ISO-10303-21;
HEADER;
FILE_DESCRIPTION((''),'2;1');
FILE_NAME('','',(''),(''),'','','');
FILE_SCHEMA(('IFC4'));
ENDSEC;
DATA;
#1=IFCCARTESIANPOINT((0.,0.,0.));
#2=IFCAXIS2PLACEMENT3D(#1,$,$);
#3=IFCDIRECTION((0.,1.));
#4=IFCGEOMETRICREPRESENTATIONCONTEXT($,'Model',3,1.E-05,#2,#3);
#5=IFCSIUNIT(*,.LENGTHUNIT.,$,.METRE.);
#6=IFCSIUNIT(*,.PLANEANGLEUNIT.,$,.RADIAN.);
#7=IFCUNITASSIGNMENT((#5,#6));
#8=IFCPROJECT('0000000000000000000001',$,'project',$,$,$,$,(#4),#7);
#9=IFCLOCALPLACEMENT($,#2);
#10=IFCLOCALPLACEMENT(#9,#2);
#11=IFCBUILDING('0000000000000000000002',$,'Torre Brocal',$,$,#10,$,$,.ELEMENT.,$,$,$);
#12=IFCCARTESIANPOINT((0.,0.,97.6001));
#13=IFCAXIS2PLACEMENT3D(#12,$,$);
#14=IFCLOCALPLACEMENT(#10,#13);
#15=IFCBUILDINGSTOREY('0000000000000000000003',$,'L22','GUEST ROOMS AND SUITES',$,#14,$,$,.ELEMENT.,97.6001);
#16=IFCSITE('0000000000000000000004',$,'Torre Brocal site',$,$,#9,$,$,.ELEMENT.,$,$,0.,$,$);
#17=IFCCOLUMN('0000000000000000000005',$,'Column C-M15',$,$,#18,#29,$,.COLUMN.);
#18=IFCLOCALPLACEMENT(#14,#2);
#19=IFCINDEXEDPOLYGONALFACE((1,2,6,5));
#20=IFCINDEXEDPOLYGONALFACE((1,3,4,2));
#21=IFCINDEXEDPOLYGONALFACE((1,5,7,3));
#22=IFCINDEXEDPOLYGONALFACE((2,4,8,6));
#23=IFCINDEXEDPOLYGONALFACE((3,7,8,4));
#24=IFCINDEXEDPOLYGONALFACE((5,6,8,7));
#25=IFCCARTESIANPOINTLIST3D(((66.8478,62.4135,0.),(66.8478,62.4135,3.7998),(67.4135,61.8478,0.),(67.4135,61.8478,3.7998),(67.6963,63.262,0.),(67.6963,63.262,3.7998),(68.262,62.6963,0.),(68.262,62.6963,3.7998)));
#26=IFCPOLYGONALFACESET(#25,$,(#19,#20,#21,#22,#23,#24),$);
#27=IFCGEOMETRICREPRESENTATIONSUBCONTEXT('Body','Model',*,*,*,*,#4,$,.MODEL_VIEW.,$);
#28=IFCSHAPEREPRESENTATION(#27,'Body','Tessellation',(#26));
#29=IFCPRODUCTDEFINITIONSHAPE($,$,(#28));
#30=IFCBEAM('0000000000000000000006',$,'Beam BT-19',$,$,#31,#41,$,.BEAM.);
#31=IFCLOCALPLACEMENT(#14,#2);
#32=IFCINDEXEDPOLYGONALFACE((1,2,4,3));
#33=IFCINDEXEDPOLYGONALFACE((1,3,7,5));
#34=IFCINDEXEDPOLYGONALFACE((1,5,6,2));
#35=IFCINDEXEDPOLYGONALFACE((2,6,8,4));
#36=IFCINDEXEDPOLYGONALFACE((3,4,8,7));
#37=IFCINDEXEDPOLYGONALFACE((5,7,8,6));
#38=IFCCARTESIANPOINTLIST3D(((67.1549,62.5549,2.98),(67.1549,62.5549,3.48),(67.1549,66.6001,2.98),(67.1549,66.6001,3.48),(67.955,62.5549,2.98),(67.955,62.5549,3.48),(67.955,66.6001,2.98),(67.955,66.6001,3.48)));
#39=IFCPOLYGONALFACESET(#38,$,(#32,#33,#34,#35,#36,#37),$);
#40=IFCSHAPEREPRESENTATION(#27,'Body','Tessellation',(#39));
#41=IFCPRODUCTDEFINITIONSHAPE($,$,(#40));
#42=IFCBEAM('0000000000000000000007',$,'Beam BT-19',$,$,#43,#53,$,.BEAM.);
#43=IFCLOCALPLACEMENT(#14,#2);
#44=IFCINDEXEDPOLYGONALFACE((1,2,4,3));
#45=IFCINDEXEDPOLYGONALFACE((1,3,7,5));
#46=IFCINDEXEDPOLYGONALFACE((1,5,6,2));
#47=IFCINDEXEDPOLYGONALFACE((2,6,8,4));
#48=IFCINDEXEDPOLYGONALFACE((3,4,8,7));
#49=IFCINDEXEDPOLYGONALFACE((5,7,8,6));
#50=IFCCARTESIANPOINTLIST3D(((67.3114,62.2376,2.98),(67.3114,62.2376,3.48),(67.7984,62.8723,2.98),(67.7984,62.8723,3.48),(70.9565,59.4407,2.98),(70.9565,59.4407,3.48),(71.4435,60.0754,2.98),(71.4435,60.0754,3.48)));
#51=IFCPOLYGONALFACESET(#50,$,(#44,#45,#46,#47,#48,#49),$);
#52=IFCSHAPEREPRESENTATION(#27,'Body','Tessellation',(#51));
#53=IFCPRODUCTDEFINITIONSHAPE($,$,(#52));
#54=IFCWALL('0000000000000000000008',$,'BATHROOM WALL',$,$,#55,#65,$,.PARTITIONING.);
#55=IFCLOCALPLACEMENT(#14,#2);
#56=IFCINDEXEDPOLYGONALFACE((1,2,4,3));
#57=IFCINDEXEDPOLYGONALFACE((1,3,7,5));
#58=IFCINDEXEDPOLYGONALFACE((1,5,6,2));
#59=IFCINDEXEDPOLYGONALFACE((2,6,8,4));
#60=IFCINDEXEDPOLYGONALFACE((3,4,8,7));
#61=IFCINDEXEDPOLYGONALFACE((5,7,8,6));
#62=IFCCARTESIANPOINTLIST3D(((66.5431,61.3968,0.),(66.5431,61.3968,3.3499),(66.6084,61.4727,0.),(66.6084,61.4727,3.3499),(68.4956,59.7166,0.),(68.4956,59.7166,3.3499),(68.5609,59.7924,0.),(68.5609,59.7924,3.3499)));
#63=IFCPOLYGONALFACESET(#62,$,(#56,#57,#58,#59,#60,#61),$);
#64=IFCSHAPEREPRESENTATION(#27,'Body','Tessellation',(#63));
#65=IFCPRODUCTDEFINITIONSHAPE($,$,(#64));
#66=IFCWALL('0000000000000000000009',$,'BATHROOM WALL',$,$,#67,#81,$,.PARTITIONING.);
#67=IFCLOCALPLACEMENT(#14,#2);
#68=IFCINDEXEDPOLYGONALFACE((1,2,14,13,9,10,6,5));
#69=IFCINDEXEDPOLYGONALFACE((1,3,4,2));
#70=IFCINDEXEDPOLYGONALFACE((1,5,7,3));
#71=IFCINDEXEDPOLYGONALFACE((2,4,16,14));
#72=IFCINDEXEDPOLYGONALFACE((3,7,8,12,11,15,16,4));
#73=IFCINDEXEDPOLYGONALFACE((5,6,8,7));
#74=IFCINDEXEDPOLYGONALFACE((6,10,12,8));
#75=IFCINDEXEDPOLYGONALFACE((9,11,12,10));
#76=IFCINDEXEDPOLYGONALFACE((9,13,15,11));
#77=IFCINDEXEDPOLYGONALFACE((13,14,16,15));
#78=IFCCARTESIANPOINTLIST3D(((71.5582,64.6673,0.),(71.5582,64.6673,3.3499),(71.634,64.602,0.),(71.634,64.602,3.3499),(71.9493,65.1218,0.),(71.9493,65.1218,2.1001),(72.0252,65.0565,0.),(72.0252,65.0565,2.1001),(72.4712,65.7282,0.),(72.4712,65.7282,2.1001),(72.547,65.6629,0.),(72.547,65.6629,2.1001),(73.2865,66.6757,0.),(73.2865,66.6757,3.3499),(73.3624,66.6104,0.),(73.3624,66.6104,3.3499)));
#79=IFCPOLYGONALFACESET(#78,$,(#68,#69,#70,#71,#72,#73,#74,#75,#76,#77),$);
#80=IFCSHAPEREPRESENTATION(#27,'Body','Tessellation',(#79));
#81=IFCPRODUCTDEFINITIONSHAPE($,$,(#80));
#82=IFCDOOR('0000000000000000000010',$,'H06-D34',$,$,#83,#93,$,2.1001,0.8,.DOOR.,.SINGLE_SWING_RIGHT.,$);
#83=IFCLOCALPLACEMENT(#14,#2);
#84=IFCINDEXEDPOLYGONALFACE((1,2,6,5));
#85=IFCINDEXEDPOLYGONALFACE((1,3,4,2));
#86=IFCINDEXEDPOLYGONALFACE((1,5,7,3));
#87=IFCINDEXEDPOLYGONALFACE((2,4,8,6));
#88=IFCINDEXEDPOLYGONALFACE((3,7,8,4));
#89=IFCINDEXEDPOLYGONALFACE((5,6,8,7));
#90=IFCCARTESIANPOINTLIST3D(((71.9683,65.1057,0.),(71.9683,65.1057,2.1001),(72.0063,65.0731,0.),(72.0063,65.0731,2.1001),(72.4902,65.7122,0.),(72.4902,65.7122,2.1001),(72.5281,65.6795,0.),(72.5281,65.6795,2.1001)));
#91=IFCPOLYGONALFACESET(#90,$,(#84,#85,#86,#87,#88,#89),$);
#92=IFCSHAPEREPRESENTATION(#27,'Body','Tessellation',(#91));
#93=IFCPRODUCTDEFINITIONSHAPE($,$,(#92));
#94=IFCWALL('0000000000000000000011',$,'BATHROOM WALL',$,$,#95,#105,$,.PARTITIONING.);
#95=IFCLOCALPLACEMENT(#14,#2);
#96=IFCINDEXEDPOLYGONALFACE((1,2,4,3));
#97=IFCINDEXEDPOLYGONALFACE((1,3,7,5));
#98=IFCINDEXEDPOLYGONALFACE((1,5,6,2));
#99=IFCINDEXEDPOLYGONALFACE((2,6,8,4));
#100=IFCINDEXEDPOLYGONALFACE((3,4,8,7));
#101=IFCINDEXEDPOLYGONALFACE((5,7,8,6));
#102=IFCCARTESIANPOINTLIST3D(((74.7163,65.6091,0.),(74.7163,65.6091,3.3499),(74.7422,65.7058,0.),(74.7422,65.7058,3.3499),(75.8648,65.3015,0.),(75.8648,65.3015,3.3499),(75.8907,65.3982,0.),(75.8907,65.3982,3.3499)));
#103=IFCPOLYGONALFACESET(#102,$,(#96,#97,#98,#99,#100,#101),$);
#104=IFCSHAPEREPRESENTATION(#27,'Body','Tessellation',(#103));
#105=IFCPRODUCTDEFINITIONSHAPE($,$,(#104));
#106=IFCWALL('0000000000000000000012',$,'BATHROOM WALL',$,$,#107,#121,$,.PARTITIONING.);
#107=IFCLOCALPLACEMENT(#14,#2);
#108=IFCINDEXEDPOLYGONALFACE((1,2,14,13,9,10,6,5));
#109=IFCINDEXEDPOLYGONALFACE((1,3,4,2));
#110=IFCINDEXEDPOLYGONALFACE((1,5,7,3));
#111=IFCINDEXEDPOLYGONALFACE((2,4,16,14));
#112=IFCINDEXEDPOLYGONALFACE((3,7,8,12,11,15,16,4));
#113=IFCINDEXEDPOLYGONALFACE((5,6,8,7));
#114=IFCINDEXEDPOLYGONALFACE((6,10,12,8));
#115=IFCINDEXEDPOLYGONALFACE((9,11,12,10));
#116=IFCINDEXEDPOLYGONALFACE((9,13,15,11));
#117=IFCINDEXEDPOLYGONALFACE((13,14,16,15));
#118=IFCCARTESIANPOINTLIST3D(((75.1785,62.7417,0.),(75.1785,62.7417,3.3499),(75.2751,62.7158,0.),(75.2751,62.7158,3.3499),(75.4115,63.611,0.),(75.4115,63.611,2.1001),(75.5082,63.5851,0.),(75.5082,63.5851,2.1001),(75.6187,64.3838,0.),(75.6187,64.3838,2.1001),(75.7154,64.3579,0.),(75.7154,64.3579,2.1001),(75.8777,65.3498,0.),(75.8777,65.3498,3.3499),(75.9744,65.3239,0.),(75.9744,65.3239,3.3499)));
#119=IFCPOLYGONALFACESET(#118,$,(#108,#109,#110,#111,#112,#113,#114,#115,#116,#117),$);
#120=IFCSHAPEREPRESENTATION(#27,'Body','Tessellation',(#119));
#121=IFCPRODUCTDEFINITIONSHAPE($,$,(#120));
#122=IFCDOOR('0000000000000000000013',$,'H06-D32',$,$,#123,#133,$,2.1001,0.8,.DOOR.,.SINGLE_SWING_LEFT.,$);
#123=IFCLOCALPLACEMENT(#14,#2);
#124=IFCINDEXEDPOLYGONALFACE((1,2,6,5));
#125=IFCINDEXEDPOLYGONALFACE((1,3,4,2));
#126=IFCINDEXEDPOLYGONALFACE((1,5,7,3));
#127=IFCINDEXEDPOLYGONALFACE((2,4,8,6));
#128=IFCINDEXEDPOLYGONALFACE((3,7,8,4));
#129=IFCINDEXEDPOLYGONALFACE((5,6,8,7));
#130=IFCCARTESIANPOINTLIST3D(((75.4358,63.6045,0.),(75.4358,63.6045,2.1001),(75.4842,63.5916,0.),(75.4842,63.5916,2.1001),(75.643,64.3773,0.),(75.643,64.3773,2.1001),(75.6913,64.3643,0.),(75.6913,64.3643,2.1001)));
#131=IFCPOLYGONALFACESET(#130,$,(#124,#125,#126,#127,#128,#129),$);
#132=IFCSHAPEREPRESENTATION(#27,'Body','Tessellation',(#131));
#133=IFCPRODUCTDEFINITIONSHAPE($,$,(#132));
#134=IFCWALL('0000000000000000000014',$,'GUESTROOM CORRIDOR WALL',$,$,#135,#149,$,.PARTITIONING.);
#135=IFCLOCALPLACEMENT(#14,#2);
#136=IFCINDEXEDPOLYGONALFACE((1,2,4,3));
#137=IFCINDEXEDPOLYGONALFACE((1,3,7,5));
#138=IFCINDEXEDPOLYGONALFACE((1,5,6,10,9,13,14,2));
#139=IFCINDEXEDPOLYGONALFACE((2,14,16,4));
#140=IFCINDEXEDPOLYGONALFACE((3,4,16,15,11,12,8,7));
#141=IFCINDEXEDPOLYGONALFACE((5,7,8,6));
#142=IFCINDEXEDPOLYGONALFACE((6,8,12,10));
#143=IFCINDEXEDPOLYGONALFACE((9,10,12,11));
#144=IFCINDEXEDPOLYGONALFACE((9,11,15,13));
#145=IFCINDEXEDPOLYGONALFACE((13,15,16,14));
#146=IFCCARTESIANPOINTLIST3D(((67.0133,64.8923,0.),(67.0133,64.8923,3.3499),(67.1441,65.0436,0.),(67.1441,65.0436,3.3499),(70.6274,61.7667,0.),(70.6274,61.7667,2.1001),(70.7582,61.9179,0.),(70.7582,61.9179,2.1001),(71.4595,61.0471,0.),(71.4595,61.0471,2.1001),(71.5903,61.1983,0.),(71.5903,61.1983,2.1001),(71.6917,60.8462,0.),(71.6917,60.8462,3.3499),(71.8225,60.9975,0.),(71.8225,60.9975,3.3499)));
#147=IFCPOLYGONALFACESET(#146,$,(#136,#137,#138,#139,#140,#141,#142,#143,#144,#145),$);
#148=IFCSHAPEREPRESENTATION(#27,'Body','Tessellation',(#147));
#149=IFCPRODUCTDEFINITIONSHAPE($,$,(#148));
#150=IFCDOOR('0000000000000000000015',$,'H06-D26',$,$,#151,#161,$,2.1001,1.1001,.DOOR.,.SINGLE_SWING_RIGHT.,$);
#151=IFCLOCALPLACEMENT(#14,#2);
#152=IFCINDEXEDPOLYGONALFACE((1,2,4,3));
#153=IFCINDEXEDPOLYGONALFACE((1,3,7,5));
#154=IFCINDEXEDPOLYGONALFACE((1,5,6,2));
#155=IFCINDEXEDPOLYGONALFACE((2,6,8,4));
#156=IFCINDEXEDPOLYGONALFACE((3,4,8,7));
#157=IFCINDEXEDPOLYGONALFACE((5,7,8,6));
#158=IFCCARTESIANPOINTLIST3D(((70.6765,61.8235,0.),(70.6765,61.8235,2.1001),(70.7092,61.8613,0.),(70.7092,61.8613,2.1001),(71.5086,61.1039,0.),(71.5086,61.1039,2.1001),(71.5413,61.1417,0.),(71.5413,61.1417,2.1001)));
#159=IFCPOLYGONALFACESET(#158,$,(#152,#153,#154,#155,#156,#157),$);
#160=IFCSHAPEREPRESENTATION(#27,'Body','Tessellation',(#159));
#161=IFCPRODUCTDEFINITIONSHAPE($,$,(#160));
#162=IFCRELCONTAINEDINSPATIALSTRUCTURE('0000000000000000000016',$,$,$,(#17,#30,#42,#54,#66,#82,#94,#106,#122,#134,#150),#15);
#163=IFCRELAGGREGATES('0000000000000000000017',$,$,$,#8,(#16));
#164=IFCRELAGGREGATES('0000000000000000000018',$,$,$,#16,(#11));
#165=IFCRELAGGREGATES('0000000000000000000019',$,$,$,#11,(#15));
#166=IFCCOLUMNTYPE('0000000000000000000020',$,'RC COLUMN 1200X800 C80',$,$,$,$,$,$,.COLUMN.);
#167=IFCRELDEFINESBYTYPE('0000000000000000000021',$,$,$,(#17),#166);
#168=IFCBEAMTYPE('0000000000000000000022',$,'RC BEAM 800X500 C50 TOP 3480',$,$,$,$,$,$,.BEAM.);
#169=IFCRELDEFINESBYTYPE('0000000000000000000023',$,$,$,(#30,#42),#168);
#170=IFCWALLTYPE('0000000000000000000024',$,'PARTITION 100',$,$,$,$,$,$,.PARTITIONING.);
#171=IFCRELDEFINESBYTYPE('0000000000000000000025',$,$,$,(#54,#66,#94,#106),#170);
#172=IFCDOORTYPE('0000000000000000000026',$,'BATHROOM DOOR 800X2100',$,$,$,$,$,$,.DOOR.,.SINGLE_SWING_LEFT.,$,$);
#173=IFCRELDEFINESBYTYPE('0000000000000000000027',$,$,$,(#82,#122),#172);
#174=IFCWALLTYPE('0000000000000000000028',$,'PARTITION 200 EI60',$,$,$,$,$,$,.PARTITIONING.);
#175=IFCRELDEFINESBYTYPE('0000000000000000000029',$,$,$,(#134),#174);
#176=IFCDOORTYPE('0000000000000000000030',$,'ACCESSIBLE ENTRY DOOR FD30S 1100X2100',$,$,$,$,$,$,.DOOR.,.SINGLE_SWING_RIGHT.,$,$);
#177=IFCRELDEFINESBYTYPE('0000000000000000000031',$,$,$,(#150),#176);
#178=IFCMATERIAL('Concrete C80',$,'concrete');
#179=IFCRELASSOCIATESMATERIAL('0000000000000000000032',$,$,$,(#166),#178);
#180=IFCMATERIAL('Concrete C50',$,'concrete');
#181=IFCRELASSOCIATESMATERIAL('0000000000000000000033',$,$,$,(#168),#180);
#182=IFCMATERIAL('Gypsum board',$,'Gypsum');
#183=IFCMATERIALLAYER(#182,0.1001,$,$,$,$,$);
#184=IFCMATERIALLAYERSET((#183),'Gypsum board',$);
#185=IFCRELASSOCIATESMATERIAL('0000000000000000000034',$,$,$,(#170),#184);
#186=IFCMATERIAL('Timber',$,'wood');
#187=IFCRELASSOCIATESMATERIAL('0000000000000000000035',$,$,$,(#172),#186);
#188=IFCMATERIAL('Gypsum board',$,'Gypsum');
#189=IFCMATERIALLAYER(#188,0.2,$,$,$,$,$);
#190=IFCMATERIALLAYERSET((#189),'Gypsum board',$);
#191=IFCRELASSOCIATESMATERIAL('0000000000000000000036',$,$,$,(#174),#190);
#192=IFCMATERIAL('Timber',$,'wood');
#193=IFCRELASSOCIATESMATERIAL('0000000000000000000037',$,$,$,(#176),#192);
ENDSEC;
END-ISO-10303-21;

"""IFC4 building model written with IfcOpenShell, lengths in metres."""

from ifc_helpers import new_model, si_unit, direction, frame, frame_2d, origin, origin_2d, place, context, subcontext, project, spatial, rectangle, extrude, material, layer, layer_set, material_profile, profile_set, type_object, element, fill, save


model = new_model("IFC4")

# Units and contexts
model_context = context("Model", 3, precision=1e-05, world=origin(), true_north=direction((0.0, 1.0)))
body_context = subcontext(model_context, "Body", "Model", "MODEL_VIEW")
ifc_project = project(units=[si_unit("LENGTHUNIT", "METRE"), si_unit("PLANEANGLEUNIT", "RADIAN")], contexts=[model_context])

# Site, building, storey
site_placement = place(None, origin())
site = spatial("IfcSite", under=ifc_project, at=site_placement, Name="Torre Brocal site", CompositionType="ELEMENT", RefElevation=0.0)
building_placement = place(site_placement, origin())
building = spatial("IfcBuilding", under=site, at=building_placement, Name="Torre Brocal", CompositionType="ELEMENT")
storey_placement = place(building_placement, frame((0.0, 0.0, 97.6001)))
storey = spatial("IfcBuildingStorey", under=building, at=storey_placement, Name="L22", Description="GUEST ROOMS AND SUITES", CompositionType="ELEMENT", Elevation=97.6001)

# Column
ifc_material_1 = material(Name="Concrete C80", Category="concrete")
ifc_material_profile_1 = material_profile(ifc_material_1, rectangle(XDim=1.2, YDim=0.8, at=origin_2d()), Name="RC 1200X800")
ifc_profile_set_1 = profile_set([ifc_material_profile_1], Name="Concrete C80")
column_type = type_object("IfcColumnType", Name="RC COLUMN 1200X800 C80", PredefinedType="COLUMN", material=ifc_profile_set_1)
column_placement = place(storey_placement, frame((67.5549, 62.5549, 0.0), z_axis=(0.0, 0.0, 1.0), x_axis=(-0.707107, -0.707107, 0.0)))
element("IfcColumn", 1, at=column_placement, inside=storey, type_object=column_type, Name="Column C-M15", PredefinedType="COLUMN", context=body_context, shape_type="SweptSolid", body=[
    extrude(rectangle(XDim=1.2, YDim=0.8, at=origin_2d()), origin(), (0.0, 0.0, 1.0), 3.7998),
])

# Beams
ifc_material_2 = material(Name="Concrete C50", Category="concrete")
ifc_material_profile_2 = material_profile(ifc_material_2, rectangle(XDim=0.8, YDim=0.5, at=origin_2d()), Name="RC 800X500")
ifc_profile_set_2 = profile_set([ifc_material_profile_2], Name="Concrete C50")
beam_type = type_object("IfcBeamType", Name="RC BEAM 800X500 C50 TOP 3480", PredefinedType="BEAM", material=ifc_profile_set_2)
beam_1_placement = place(storey_placement, frame((67.5549, 62.5549, 3.23), z_axis=(0.0, 1.0, 0.0), x_axis=(-1.0, 0.0, 0.0)))
element("IfcBeam", 2, at=beam_1_placement, inside=storey, type_object=beam_type, Name="Beam BT-19", PredefinedType="BEAM", context=body_context, shape_type="SweptSolid", body=[
    extrude(rectangle(XDim=0.8, YDim=0.5, at=origin_2d()), origin(), (0.0, 0.0, 1.0), 4.0452),
])
beam_2_placement = place(storey_placement, frame((67.5549, 62.5549, 3.23), z_axis=(0.793358, -0.608755, 0.0), x_axis=(0.608755, 0.793358, 0.0)))
element("IfcBeam", 3, at=beam_2_placement, inside=storey, type_object=beam_type, Name="Beam BT-19", PredefinedType="BEAM", context=body_context, shape_type="SweptSolid", body=[
    extrude(rectangle(XDim=0.8, YDim=0.5, at=origin_2d()), origin(), (0.0, 0.0, 1.0), 4.5945),
])

# Wall
ifc_material_3 = material(Name="Gypsum board", Category="Gypsum")
ifc_layer_1 = layer(ifc_material_3, 0.1001)
ifc_layer_set_1 = layer_set([ifc_layer_1], Name="Gypsum board")
wall_type_1 = type_object("IfcWallType", Name="PARTITION 100", PredefinedType="PARTITIONING", material=ifc_layer_set_1)
wall_1_placement = place(storey_placement, frame((66.5757, 61.4348, 0.0), z_axis=(0.0, 0.0, 1.0), x_axis=(0.757971, -0.652289, 0.0)))
element("IfcWall", 4, at=wall_1_placement, inside=storey, type_object=wall_type_1, Name="BATHROOM WALL", PredefinedType="PARTITIONING", context=body_context, shape_type="SweptSolid", body=[
    extrude(rectangle(XDim=2.5759, YDim=0.1001, at=frame_2d((1.2881, 0.0))), origin(), (0.0, 0.0, 1.0), 3.3499),
])

# Wall, opening, door
wall_2_placement = place(storey_placement, frame((71.5962, 64.6348, 0.0), z_axis=(0.0, 0.0, 1.0), x_axis=(0.652285, 0.757974, 0.0)))
wall_2 = element("IfcWall", 5, at=wall_2_placement, inside=storey, type_object=wall_type_1, Name="BATHROOM WALL", PredefinedType="PARTITIONING", context=body_context, shape_type="SweptSolid", body=[
    extrude(rectangle(XDim=2.6497, YDim=0.1001, at=frame_2d((1.3247, 0.0))), origin(), (0.0, 0.0, 1.0), 3.3499),
])
opening_1_placement = place(wall_2_placement, frame((0.5996, 0.0, 0.0)))
opening_1 = element("IfcOpeningElement", 6, at=opening_1_placement, cuts=wall_2, PredefinedType="OPENING", context=body_context, shape_type="SweptSolid", body=[
    extrude(rectangle(XDim=0.8, YDim=2.1001, at=frame_2d((0.3999, 1.05))), frame((0.0, 0.0601, 0.0), z_axis=(0.0, -1.0, 0.0), x_axis=(1.0, 0.0, 0.0)), (0.0, 0.0, 1.0), 0.1201),
])
ifc_material_4 = material(Name="Timber", Category="wood")
door_type_1 = type_object("IfcDoorType", Name="BATHROOM DOOR 800X2100", OperationType="SINGLE_SWING_LEFT", PredefinedType="DOOR", material=ifc_material_4)
door_1_placement = place(opening_1_placement, frame((0.8, 0.0, 0.0), z_axis=(0.0, 0.0, 1.0), x_axis=(-1.0, 0.0, 0.0)))
door_1 = element("IfcDoor", 7, at=door_1_placement, inside=storey, type_object=door_type_1, Name="H06-D34", OperationType="SINGLE_SWING_RIGHT", OverallHeight=2.1001, OverallWidth=0.8, PredefinedType="DOOR", context=body_context, shape_type="SweptSolid", body=[
    extrude(rectangle(XDim=0.8, YDim=2.1001, at=frame_2d((0.3999, 1.05))), frame((0.0, 0.0249, 0.0), z_axis=(0.0, -1.0, 0.0), x_axis=(1.0, 0.0, 0.0)), (0.0, 0.0, 1.0), 0.05),
])
fill(opening_1, door_1)

# Wall
wall_3_placement = place(storey_placement, frame((74.7292, 65.6575, 0.0), z_axis=(0.0, 0.0, 1.0), x_axis=(0.965948, -0.258736, 0.0)))
element("IfcWall", 8, at=wall_3_placement, inside=storey, type_object=wall_type_1, Name="BATHROOM WALL", PredefinedType="PARTITIONING", context=body_context, shape_type="SweptSolid", body=[
    extrude(rectangle(XDim=1.189, YDim=0.1001, at=frame_2d((0.5945, 0.0))), origin(), (0.0, 0.0, 1.0), 3.3499),
])

# Walls, openings, doors
wall_4_placement = place(storey_placement, frame((75.2268, 62.7288, 0.0), z_axis=(0.0, 0.0, 1.0), x_axis=(0.258945, 0.965892, 0.0)))
wall_4 = element("IfcWall", 9, at=wall_4_placement, inside=storey, type_object=wall_type_1, Name="BATHROOM WALL", PredefinedType="PARTITIONING", context=body_context, shape_type="SweptSolid", body=[
    extrude(rectangle(XDim=2.7002, YDim=0.1001, at=frame_2d((1.3501, 0.0))), origin(), (0.0, 0.0, 1.0), 3.3499),
])
opening_2_placement = place(wall_4_placement, frame((0.9001, 0.0, 0.0)))
opening_2 = element("IfcOpeningElement", 10, at=opening_2_placement, cuts=wall_4, PredefinedType="OPENING", context=body_context, shape_type="SweptSolid", body=[
    extrude(rectangle(XDim=0.8, YDim=2.1001, at=frame_2d((0.3999, 1.05))), frame((0.0, 0.0601, 0.0), z_axis=(0.0, -1.0, 0.0), x_axis=(1.0, 0.0, 0.0)), (0.0, 0.0, 1.0), 0.1201),
])
door_2_placement = place(opening_2_placement, origin())
door_2 = element("IfcDoor", 11, at=door_2_placement, inside=storey, type_object=door_type_1, Name="H06-D32", OperationType="SINGLE_SWING_LEFT", OverallHeight=2.1001, OverallWidth=0.8, PredefinedType="DOOR", context=body_context, shape_type="SweptSolid", body=[
    extrude(rectangle(XDim=0.8, YDim=2.1001, at=frame_2d((0.3999, 1.05))), frame((0.0, 0.0249, 0.0), z_axis=(0.0, -1.0, 0.0), x_axis=(1.0, 0.0, 0.0)), (0.0, 0.0, 1.0), 0.05),
])
fill(opening_2, door_2)
ifc_material_5 = material(Name="Gypsum board", Category="Gypsum")
ifc_layer_2 = layer(ifc_material_5, 0.2)
ifc_layer_set_2 = layer_set([ifc_layer_2], Name="Gypsum board")
wall_type_2 = type_object("IfcWallType", Name="PARTITION 200 EI60", PredefinedType="PARTITIONING", material=ifc_layer_set_2)
wall_5_placement = place(storey_placement, frame((67.0786, 64.968, 0.0), z_axis=(0.0, 0.0, 1.0), x_axis=(0.756371, -0.654143, 0.0)))
wall_5 = element("IfcWall", 12, at=wall_5_placement, inside=storey, type_object=wall_type_2, Name="GUESTROOM CORRIDOR WALL", PredefinedType="PARTITIONING", context=body_context, shape_type="SweptSolid", body=[
    extrude(rectangle(XDim=6.1853, YDim=0.2, at=frame_2d((3.0928, 0.0))), origin(), (0.0, 0.0, 1.0), 3.3499),
])
opening_3_placement = place(wall_5_placement, frame((4.7783, 0.0, 0.0)))
opening_3 = element("IfcOpeningElement", 13, at=opening_3_placement, cuts=wall_5, PredefinedType="OPENING", context=body_context, shape_type="SweptSolid", body=[
    extrude(rectangle(XDim=1.1001, YDim=2.1001, at=frame_2d((0.55, 1.05))), frame((0.0, 0.1099, 0.0), z_axis=(0.0, -1.0, 0.0), x_axis=(1.0, 0.0, 0.0)), (0.0, 0.0, 1.0), 0.22),
])
ifc_material_6 = material(Name="Timber", Category="wood")
door_type_2 = type_object("IfcDoorType", Name="ACCESSIBLE ENTRY DOOR FD30S 1100X2100", OperationType="SINGLE_SWING_RIGHT", PredefinedType="DOOR", material=ifc_material_6)
door_3_placement = place(opening_3_placement, frame((1.1001, 0.0, 0.0), z_axis=(0.0, 0.0, 1.0), x_axis=(-1.0, 0.0, 0.0)))
door_3 = element("IfcDoor", 14, at=door_3_placement, inside=storey, type_object=door_type_2, Name="H06-D26", OperationType="SINGLE_SWING_RIGHT", OverallHeight=2.1001, OverallWidth=1.1001, PredefinedType="DOOR", context=body_context, shape_type="SweptSolid", body=[
    extrude(rectangle(XDim=1.1001, YDim=2.1001, at=frame_2d((0.55, 1.05))), frame((0.0, 0.0249, 0.0), z_axis=(0.0, -1.0, 0.0), x_axis=(1.0, 0.0, 0.0)), (0.0, 0.0, 1.0), 0.05),
])
fill(opening_3, door_3)

save(model, "model.ifc")
